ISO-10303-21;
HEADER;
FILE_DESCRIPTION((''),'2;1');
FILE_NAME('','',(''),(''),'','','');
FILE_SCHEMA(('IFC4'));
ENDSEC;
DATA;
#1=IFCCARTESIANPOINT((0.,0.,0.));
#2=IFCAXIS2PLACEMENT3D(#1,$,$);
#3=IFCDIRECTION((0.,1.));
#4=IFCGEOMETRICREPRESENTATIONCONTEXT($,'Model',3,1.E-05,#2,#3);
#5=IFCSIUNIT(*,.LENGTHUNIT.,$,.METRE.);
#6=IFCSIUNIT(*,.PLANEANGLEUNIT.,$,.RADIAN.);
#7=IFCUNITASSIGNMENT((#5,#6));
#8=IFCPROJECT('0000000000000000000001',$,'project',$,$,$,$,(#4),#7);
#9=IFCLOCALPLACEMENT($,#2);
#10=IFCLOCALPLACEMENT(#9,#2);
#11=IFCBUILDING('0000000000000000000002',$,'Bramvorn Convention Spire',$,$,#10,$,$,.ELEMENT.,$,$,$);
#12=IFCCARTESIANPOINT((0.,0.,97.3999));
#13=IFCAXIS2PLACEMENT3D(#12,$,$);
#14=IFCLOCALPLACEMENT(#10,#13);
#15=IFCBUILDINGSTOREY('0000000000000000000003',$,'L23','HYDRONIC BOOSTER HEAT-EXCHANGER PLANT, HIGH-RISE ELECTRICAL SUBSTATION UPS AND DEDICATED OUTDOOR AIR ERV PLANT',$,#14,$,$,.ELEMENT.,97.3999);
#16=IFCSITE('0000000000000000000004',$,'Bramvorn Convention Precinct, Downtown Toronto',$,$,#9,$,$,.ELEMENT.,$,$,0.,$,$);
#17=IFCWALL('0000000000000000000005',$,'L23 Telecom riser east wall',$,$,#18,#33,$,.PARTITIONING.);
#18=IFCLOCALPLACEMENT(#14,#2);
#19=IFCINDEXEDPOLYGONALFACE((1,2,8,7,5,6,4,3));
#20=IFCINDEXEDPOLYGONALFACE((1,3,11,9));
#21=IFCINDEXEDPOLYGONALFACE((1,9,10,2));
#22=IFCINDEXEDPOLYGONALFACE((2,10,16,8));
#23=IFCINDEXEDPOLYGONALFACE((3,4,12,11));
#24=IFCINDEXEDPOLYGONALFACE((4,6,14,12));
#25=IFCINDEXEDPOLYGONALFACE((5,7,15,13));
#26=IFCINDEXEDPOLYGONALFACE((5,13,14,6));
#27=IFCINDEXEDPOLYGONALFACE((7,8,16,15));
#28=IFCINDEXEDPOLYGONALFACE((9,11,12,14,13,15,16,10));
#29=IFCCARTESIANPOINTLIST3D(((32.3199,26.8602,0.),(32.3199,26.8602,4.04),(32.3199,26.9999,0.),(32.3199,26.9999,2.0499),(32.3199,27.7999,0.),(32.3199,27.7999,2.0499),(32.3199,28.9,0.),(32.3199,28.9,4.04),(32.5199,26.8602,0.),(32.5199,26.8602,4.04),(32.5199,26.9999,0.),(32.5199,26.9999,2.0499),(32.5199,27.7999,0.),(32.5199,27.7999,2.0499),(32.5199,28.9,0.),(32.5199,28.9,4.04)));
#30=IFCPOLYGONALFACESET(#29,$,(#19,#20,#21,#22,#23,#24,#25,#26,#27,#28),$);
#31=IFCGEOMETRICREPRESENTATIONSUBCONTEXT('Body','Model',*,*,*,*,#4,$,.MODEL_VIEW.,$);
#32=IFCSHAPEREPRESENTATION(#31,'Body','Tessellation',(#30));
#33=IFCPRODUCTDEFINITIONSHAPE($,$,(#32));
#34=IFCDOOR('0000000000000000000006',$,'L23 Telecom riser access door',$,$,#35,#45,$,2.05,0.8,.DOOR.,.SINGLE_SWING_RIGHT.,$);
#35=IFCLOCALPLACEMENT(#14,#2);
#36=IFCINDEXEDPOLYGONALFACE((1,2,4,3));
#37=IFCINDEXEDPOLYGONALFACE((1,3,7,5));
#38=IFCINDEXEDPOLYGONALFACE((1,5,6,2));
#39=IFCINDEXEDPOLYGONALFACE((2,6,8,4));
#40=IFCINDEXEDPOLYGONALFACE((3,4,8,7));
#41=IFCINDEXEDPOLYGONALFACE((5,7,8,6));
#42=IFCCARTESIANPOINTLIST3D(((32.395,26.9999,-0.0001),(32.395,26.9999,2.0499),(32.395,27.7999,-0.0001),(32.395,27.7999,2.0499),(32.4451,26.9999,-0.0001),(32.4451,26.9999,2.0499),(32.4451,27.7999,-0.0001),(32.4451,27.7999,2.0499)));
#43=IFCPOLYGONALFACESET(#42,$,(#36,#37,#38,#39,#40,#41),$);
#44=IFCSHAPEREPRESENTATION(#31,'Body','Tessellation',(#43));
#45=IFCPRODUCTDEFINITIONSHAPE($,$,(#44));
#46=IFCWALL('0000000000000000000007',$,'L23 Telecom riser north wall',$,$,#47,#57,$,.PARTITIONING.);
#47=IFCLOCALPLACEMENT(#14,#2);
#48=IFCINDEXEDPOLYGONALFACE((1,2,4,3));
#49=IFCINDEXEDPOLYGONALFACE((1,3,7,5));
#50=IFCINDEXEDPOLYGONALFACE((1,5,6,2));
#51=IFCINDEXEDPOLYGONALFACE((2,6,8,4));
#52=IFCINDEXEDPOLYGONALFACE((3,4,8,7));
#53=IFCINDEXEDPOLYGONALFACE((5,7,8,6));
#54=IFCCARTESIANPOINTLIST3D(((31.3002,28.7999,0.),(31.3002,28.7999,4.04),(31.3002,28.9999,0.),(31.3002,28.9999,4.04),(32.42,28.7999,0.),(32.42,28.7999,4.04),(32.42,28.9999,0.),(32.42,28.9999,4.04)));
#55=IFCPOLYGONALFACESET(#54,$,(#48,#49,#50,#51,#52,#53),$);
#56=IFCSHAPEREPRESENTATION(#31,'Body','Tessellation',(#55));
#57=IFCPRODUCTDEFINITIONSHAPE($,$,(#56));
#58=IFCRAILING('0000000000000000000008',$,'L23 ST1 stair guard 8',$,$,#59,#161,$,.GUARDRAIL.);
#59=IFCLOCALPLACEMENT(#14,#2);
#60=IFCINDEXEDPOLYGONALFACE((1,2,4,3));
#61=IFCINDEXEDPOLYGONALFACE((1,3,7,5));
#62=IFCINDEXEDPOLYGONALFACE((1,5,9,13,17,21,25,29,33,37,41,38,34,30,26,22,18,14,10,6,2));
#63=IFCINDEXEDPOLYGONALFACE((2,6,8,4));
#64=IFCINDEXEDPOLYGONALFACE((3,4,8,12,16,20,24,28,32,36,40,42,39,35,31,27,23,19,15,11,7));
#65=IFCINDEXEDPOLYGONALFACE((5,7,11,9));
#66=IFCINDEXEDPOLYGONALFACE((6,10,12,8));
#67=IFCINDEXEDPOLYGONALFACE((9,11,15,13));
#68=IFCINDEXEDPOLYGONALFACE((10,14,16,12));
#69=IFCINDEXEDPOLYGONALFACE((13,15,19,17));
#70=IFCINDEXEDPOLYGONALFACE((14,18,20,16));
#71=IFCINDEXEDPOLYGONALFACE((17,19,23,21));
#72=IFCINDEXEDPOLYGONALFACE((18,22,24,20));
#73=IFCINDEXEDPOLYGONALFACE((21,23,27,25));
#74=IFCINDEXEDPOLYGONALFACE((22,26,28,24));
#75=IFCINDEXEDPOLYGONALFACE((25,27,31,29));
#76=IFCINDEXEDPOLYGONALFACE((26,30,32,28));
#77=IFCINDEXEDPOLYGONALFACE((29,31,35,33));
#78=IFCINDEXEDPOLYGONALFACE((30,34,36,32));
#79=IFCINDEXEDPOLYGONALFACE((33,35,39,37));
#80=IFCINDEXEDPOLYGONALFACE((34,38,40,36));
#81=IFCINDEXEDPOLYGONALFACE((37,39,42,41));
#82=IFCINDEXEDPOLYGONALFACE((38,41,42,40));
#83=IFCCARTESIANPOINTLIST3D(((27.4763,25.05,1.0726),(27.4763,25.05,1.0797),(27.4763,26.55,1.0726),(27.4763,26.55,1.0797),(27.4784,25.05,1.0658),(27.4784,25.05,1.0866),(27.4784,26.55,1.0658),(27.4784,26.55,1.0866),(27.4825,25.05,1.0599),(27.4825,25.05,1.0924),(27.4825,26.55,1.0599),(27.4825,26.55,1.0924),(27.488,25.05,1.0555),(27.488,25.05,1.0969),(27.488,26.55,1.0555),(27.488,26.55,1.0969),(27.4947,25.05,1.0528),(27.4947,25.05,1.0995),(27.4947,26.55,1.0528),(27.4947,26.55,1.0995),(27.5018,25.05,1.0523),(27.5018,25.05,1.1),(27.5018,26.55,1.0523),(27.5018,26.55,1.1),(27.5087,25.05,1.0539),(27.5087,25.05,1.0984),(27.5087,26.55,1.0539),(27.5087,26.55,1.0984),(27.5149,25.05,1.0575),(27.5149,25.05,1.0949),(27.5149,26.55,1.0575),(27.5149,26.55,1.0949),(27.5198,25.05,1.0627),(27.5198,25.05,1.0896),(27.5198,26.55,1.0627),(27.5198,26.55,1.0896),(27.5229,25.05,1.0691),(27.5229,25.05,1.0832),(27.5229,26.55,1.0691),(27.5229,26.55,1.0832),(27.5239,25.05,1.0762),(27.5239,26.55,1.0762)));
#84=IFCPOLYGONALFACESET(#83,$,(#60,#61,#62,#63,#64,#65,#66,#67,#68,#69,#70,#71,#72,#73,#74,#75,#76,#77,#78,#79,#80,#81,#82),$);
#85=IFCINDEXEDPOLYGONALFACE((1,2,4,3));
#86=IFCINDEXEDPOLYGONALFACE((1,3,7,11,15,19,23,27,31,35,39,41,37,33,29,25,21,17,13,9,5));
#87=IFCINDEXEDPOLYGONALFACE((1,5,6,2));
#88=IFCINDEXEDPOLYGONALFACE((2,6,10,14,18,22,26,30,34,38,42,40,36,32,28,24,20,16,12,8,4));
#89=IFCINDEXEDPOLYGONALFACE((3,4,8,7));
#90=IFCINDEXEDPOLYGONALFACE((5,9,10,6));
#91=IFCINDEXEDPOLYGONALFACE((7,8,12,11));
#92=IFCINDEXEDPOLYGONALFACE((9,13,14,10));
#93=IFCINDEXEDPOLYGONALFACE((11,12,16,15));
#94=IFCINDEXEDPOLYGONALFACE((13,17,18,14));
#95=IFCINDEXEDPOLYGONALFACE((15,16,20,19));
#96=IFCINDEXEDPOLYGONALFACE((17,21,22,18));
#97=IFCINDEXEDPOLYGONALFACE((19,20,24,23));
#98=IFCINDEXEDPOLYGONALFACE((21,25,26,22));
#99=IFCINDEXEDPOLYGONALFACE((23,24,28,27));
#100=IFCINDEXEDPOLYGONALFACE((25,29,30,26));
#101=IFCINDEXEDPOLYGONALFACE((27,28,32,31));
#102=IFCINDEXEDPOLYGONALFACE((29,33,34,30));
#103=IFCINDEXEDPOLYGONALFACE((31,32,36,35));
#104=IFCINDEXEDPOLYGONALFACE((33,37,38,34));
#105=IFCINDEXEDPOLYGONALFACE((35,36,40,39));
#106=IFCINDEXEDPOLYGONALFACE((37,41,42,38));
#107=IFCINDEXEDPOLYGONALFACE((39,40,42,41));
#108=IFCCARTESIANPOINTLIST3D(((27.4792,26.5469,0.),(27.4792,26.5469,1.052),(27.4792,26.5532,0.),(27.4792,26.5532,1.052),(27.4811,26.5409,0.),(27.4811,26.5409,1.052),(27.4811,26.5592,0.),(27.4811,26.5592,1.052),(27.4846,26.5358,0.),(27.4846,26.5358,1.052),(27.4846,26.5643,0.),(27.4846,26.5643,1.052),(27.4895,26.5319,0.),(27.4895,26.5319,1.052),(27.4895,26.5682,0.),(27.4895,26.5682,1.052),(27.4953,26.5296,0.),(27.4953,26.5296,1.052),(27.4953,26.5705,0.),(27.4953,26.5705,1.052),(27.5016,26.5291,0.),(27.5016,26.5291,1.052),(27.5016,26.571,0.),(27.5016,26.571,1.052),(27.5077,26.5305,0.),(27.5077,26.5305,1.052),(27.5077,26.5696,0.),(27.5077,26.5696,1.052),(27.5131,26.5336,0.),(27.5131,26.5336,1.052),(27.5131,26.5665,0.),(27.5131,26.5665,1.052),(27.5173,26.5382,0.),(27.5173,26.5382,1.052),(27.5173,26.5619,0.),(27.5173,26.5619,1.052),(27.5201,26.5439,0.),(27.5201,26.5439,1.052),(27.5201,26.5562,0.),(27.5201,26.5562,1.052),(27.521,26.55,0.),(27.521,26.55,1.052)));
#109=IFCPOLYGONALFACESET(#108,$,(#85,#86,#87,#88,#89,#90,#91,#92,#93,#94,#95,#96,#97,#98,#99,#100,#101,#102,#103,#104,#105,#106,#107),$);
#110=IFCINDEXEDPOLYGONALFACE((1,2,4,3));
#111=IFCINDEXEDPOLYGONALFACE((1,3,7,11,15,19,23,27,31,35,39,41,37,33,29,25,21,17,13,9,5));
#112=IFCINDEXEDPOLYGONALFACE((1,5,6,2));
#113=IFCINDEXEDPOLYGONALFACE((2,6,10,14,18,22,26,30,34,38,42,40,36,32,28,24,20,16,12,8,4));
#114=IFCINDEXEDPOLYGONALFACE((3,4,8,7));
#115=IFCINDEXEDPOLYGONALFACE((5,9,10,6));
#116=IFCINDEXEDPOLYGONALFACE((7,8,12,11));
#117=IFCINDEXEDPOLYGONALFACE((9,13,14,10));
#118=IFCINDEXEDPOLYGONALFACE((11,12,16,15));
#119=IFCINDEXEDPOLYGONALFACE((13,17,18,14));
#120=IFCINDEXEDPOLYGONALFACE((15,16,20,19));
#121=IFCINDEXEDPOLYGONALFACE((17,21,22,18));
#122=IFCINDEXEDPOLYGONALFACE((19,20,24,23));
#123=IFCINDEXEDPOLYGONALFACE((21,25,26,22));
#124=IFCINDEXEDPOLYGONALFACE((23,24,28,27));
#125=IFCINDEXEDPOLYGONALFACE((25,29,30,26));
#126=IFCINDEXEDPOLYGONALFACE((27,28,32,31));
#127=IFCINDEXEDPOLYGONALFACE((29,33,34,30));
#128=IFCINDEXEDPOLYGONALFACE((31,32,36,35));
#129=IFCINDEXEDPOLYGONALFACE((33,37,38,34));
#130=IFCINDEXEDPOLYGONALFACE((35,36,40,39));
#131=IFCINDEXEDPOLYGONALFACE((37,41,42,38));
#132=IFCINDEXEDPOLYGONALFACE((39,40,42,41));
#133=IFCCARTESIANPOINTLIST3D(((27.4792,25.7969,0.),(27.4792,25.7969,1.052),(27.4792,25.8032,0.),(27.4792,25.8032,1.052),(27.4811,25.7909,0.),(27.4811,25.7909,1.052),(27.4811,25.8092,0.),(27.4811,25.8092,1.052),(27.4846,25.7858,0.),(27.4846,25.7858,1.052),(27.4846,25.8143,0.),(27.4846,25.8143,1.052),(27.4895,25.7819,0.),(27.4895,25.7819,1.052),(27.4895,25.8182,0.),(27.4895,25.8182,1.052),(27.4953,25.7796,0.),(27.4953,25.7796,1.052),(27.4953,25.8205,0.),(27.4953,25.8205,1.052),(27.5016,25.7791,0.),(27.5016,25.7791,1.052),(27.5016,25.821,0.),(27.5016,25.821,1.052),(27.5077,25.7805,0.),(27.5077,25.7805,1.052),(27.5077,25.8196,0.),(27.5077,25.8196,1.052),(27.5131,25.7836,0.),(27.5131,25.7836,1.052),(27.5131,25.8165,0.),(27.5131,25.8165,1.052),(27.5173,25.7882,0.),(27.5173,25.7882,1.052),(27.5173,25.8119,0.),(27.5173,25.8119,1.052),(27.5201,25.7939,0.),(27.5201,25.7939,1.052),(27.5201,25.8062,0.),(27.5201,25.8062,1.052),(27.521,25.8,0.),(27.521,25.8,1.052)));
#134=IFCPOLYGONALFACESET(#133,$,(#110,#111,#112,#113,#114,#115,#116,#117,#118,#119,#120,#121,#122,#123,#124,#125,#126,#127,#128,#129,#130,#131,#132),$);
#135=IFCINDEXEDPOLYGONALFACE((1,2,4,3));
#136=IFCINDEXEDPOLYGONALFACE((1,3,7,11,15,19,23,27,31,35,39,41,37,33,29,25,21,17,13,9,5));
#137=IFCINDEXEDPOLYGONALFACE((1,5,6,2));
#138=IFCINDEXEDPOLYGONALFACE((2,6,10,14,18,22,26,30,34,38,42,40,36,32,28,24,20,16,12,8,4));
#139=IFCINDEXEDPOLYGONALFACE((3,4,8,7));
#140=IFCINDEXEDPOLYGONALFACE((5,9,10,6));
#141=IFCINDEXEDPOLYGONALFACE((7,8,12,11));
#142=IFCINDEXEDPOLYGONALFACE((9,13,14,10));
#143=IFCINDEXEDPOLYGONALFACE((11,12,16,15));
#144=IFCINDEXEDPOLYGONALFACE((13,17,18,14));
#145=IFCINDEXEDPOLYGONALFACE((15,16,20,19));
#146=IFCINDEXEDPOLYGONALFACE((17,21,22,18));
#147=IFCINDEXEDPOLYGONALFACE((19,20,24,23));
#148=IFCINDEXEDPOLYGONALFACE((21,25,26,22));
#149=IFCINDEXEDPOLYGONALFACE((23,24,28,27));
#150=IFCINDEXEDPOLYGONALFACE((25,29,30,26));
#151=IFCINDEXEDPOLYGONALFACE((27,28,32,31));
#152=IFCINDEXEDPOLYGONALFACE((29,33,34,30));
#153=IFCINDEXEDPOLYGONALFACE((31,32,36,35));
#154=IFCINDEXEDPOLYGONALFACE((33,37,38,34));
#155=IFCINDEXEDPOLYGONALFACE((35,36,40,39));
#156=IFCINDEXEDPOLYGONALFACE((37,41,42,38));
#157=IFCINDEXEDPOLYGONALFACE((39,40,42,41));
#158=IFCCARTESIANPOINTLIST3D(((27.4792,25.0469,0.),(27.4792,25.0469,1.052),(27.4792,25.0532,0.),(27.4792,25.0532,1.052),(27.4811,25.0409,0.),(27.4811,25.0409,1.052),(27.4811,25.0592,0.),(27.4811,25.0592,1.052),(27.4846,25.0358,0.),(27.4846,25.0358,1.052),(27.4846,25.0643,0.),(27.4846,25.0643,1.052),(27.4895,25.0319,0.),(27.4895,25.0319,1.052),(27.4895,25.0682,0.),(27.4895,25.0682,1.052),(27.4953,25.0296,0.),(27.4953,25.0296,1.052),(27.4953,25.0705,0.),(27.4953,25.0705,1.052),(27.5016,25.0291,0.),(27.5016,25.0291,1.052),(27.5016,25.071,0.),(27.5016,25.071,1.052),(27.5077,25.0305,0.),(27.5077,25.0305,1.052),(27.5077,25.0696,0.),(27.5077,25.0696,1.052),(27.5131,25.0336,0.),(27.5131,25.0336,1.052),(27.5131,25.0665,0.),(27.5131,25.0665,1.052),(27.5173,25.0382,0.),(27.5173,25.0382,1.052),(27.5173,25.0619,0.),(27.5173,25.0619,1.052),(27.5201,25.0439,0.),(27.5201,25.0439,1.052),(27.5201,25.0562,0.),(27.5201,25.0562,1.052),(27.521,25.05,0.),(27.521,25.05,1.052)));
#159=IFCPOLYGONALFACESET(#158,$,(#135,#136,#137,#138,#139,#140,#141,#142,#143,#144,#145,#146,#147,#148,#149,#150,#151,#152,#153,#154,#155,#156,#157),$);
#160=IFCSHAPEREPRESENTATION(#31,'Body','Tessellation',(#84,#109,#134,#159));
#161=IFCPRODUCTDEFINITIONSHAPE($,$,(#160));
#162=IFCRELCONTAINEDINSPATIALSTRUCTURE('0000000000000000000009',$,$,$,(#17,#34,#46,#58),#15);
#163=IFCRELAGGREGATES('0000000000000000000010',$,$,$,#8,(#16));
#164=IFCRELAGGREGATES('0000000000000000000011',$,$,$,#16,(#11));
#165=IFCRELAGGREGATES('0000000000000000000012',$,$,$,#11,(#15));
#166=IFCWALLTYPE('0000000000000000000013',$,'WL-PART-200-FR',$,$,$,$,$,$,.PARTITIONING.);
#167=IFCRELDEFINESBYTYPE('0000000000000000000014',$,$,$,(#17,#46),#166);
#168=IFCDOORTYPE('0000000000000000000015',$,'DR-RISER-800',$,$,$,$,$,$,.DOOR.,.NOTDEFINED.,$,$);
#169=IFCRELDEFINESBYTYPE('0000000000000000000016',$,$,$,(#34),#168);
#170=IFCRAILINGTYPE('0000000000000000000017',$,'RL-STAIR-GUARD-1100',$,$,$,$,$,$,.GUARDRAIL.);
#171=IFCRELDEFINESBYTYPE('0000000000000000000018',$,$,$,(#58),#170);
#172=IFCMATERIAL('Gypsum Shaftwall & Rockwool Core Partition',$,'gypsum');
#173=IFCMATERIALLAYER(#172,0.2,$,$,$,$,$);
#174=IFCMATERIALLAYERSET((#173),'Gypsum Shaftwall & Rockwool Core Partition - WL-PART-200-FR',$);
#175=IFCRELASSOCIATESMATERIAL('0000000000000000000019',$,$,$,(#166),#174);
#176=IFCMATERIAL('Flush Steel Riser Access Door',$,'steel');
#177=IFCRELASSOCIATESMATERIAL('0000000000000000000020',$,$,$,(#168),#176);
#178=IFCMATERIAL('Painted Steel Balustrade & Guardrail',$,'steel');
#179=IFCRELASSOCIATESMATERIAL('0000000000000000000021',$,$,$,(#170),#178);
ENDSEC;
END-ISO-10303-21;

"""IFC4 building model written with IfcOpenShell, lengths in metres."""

from ifc_helpers import new_model, si_unit, direction, frame, frame_2d, origin, origin_2d, place, context, subcontext, project, spatial, rectangle, circle, extrude, material, layer, layer_set, type_object, element, fill, save


model = new_model("IFC4")

# Units and contexts
model_context = context("Model", 3, precision=1e-05, world=origin(), true_north=direction((0.0, 1.0)))
body_context = subcontext(model_context, "Body", "Model", "MODEL_VIEW")
ifc_project = project(units=[si_unit("LENGTHUNIT", "METRE"), si_unit("PLANEANGLEUNIT", "RADIAN")], contexts=[model_context])

# Site, building, storey
site_placement = place(None, origin())
site = spatial("IfcSite", under=ifc_project, at=site_placement, Name="Bramvorn Convention Precinct, Downtown Toronto", CompositionType="ELEMENT", RefElevation=0.0)
building_placement = place(site_placement, origin())
building = spatial("IfcBuilding", under=site, at=building_placement, Name="Bramvorn Convention Spire", CompositionType="ELEMENT")
storey_placement = place(building_placement, frame((0.0, 0.0, 97.3999)))
storey = spatial("IfcBuildingStorey", under=building, at=storey_placement, Name="L23", Description="HYDRONIC BOOSTER HEAT-EXCHANGER PLANT, HIGH-RISE ELECTRICAL SUBSTATION UPS AND DEDICATED OUTDOOR AIR ERV PLANT", CompositionType="ELEMENT", Elevation=97.3999)

# Wall, opening, door
ifc_material_1 = material(Name="Gypsum Shaftwall & Rockwool Core Partition", Category="gypsum")
ifc_layer_1 = layer(ifc_material_1, 0.2)
ifc_layer_set_1 = layer_set([ifc_layer_1], Name="Gypsum Shaftwall & Rockwool Core Partition - WL-PART-200-FR")
wall_type_1 = type_object("IfcWallType", Name="WL-PART-200-FR", PredefinedType="PARTITIONING", material=ifc_layer_set_1)
wall_1_placement = place(storey_placement, frame((32.4199, 26.8601, 0.0), z_axis=(0.0, 0.0, 1.0), x_axis=(0.0, 1.0, 0.0)))
wall_1 = element("IfcWall", 1, at=wall_1_placement, inside=storey, type_object=wall_type_1, Name="L23 Telecom riser east wall", PredefinedType="PARTITIONING", context=body_context, shape_type="SweptSolid", body=[
    extrude(rectangle(XDim=2.0398, YDim=0.2, at=frame_2d((1.02, 0.0))), origin(), (0.0, 0.0, 1.0), 4.04),
])
opening_1_placement = place(wall_1_placement, frame((0.1399, 0.0, 0.0)))
opening_1 = element("IfcOpeningElement", 2, at=opening_1_placement, cuts=wall_1, PredefinedType="OPENING", context=body_context, shape_type="SweptSolid", body=[
    extrude(rectangle(XDim=0.8, YDim=2.05, at=frame_2d((0.3999, 1.0249))), frame((0.0, 0.1099, 0.0), z_axis=(0.0, -1.0, 0.0), x_axis=(1.0, 0.0, 0.0)), (0.0, 0.0, 1.0), 0.22),
])
ifc_material_2 = material(Name="Flush Steel Riser Access Door", Category="steel")
door_type_1 = type_object("IfcDoorType", Name="DR-RISER-800", OperationType="NOTDEFINED", PredefinedType="DOOR", material=ifc_material_2)
door_1_placement = place(opening_1_placement, origin())
door_1 = element("IfcDoor", 3, at=door_1_placement, inside=storey, type_object=door_type_1, Name="L23 Telecom riser access door", OperationType="SINGLE_SWING_RIGHT", OverallHeight=2.05, OverallWidth=0.8, PredefinedType="DOOR", context=body_context, shape_type="SweptSolid", body=[
    extrude(rectangle(XDim=0.8, YDim=2.05, at=frame_2d((0.3999, 1.0249))), frame((0.0, 0.0249, 0.0), z_axis=(0.0, -1.0, 0.0), x_axis=(1.0, 0.0, 0.0)), (0.0, 0.0, 1.0), 0.05),
])
fill(opening_1, door_1)

# Wall
wall_2_placement = place(storey_placement, frame((31.3, 28.8999, 0.0), z_axis=(0.0, 0.0, 1.0), x_axis=(1.0, 0.0, 0.0)))
element("IfcWall", 4, at=wall_2_placement, inside=storey, type_object=wall_type_1, Name="L23 Telecom riser north wall", PredefinedType="PARTITIONING", context=body_context, shape_type="SweptSolid", body=[
    extrude(rectangle(XDim=1.1199, YDim=0.2, at=frame_2d((0.5601, 0.0))), origin(), (0.0, 0.0, 1.0), 4.04),
])

# Railing
ifc_material_3 = material(Name="Painted Steel Balustrade & Guardrail", Category="steel")
railing_type = type_object("IfcRailingType", Name="RL-STAIR-GUARD-1100", PredefinedType="GUARDRAIL", material=ifc_material_3)
for number, where, name in (
    (5, (27.5, 26.55, 0.0), "L23 ST1 stair guard 8"),
):
    element("IfcRailing", number, at=place(storey_placement, frame(where)), inside=storey, type_object=railing_type, Name=name, PredefinedType="GUARDRAIL", context=body_context, shape_type="SweptSolid", body=[
        extrude(circle(Radius=0.0239, at=origin_2d()), frame((0.0, 0.0, 1.0762), z_axis=(0.0, -1.0, 0.0), x_axis=(1.0, 0.0, 0.0)), (0.0, 0.0, 1.0), 1.5),
        extrude(circle(Radius=0.021, at=origin_2d()), origin(), (0.0, 0.0, 1.0), 1.052),
        extrude(circle(Radius=0.021, at=origin_2d()), frame((0.0, -0.75, 0.0)), (0.0, 0.0, 1.0), 1.052),
        extrude(circle(Radius=0.021, at=origin_2d()), frame((0.0, -1.5, 0.0)), (0.0, 0.0, 1.0), 1.052),
    ])

save(model, "model.ifc")
